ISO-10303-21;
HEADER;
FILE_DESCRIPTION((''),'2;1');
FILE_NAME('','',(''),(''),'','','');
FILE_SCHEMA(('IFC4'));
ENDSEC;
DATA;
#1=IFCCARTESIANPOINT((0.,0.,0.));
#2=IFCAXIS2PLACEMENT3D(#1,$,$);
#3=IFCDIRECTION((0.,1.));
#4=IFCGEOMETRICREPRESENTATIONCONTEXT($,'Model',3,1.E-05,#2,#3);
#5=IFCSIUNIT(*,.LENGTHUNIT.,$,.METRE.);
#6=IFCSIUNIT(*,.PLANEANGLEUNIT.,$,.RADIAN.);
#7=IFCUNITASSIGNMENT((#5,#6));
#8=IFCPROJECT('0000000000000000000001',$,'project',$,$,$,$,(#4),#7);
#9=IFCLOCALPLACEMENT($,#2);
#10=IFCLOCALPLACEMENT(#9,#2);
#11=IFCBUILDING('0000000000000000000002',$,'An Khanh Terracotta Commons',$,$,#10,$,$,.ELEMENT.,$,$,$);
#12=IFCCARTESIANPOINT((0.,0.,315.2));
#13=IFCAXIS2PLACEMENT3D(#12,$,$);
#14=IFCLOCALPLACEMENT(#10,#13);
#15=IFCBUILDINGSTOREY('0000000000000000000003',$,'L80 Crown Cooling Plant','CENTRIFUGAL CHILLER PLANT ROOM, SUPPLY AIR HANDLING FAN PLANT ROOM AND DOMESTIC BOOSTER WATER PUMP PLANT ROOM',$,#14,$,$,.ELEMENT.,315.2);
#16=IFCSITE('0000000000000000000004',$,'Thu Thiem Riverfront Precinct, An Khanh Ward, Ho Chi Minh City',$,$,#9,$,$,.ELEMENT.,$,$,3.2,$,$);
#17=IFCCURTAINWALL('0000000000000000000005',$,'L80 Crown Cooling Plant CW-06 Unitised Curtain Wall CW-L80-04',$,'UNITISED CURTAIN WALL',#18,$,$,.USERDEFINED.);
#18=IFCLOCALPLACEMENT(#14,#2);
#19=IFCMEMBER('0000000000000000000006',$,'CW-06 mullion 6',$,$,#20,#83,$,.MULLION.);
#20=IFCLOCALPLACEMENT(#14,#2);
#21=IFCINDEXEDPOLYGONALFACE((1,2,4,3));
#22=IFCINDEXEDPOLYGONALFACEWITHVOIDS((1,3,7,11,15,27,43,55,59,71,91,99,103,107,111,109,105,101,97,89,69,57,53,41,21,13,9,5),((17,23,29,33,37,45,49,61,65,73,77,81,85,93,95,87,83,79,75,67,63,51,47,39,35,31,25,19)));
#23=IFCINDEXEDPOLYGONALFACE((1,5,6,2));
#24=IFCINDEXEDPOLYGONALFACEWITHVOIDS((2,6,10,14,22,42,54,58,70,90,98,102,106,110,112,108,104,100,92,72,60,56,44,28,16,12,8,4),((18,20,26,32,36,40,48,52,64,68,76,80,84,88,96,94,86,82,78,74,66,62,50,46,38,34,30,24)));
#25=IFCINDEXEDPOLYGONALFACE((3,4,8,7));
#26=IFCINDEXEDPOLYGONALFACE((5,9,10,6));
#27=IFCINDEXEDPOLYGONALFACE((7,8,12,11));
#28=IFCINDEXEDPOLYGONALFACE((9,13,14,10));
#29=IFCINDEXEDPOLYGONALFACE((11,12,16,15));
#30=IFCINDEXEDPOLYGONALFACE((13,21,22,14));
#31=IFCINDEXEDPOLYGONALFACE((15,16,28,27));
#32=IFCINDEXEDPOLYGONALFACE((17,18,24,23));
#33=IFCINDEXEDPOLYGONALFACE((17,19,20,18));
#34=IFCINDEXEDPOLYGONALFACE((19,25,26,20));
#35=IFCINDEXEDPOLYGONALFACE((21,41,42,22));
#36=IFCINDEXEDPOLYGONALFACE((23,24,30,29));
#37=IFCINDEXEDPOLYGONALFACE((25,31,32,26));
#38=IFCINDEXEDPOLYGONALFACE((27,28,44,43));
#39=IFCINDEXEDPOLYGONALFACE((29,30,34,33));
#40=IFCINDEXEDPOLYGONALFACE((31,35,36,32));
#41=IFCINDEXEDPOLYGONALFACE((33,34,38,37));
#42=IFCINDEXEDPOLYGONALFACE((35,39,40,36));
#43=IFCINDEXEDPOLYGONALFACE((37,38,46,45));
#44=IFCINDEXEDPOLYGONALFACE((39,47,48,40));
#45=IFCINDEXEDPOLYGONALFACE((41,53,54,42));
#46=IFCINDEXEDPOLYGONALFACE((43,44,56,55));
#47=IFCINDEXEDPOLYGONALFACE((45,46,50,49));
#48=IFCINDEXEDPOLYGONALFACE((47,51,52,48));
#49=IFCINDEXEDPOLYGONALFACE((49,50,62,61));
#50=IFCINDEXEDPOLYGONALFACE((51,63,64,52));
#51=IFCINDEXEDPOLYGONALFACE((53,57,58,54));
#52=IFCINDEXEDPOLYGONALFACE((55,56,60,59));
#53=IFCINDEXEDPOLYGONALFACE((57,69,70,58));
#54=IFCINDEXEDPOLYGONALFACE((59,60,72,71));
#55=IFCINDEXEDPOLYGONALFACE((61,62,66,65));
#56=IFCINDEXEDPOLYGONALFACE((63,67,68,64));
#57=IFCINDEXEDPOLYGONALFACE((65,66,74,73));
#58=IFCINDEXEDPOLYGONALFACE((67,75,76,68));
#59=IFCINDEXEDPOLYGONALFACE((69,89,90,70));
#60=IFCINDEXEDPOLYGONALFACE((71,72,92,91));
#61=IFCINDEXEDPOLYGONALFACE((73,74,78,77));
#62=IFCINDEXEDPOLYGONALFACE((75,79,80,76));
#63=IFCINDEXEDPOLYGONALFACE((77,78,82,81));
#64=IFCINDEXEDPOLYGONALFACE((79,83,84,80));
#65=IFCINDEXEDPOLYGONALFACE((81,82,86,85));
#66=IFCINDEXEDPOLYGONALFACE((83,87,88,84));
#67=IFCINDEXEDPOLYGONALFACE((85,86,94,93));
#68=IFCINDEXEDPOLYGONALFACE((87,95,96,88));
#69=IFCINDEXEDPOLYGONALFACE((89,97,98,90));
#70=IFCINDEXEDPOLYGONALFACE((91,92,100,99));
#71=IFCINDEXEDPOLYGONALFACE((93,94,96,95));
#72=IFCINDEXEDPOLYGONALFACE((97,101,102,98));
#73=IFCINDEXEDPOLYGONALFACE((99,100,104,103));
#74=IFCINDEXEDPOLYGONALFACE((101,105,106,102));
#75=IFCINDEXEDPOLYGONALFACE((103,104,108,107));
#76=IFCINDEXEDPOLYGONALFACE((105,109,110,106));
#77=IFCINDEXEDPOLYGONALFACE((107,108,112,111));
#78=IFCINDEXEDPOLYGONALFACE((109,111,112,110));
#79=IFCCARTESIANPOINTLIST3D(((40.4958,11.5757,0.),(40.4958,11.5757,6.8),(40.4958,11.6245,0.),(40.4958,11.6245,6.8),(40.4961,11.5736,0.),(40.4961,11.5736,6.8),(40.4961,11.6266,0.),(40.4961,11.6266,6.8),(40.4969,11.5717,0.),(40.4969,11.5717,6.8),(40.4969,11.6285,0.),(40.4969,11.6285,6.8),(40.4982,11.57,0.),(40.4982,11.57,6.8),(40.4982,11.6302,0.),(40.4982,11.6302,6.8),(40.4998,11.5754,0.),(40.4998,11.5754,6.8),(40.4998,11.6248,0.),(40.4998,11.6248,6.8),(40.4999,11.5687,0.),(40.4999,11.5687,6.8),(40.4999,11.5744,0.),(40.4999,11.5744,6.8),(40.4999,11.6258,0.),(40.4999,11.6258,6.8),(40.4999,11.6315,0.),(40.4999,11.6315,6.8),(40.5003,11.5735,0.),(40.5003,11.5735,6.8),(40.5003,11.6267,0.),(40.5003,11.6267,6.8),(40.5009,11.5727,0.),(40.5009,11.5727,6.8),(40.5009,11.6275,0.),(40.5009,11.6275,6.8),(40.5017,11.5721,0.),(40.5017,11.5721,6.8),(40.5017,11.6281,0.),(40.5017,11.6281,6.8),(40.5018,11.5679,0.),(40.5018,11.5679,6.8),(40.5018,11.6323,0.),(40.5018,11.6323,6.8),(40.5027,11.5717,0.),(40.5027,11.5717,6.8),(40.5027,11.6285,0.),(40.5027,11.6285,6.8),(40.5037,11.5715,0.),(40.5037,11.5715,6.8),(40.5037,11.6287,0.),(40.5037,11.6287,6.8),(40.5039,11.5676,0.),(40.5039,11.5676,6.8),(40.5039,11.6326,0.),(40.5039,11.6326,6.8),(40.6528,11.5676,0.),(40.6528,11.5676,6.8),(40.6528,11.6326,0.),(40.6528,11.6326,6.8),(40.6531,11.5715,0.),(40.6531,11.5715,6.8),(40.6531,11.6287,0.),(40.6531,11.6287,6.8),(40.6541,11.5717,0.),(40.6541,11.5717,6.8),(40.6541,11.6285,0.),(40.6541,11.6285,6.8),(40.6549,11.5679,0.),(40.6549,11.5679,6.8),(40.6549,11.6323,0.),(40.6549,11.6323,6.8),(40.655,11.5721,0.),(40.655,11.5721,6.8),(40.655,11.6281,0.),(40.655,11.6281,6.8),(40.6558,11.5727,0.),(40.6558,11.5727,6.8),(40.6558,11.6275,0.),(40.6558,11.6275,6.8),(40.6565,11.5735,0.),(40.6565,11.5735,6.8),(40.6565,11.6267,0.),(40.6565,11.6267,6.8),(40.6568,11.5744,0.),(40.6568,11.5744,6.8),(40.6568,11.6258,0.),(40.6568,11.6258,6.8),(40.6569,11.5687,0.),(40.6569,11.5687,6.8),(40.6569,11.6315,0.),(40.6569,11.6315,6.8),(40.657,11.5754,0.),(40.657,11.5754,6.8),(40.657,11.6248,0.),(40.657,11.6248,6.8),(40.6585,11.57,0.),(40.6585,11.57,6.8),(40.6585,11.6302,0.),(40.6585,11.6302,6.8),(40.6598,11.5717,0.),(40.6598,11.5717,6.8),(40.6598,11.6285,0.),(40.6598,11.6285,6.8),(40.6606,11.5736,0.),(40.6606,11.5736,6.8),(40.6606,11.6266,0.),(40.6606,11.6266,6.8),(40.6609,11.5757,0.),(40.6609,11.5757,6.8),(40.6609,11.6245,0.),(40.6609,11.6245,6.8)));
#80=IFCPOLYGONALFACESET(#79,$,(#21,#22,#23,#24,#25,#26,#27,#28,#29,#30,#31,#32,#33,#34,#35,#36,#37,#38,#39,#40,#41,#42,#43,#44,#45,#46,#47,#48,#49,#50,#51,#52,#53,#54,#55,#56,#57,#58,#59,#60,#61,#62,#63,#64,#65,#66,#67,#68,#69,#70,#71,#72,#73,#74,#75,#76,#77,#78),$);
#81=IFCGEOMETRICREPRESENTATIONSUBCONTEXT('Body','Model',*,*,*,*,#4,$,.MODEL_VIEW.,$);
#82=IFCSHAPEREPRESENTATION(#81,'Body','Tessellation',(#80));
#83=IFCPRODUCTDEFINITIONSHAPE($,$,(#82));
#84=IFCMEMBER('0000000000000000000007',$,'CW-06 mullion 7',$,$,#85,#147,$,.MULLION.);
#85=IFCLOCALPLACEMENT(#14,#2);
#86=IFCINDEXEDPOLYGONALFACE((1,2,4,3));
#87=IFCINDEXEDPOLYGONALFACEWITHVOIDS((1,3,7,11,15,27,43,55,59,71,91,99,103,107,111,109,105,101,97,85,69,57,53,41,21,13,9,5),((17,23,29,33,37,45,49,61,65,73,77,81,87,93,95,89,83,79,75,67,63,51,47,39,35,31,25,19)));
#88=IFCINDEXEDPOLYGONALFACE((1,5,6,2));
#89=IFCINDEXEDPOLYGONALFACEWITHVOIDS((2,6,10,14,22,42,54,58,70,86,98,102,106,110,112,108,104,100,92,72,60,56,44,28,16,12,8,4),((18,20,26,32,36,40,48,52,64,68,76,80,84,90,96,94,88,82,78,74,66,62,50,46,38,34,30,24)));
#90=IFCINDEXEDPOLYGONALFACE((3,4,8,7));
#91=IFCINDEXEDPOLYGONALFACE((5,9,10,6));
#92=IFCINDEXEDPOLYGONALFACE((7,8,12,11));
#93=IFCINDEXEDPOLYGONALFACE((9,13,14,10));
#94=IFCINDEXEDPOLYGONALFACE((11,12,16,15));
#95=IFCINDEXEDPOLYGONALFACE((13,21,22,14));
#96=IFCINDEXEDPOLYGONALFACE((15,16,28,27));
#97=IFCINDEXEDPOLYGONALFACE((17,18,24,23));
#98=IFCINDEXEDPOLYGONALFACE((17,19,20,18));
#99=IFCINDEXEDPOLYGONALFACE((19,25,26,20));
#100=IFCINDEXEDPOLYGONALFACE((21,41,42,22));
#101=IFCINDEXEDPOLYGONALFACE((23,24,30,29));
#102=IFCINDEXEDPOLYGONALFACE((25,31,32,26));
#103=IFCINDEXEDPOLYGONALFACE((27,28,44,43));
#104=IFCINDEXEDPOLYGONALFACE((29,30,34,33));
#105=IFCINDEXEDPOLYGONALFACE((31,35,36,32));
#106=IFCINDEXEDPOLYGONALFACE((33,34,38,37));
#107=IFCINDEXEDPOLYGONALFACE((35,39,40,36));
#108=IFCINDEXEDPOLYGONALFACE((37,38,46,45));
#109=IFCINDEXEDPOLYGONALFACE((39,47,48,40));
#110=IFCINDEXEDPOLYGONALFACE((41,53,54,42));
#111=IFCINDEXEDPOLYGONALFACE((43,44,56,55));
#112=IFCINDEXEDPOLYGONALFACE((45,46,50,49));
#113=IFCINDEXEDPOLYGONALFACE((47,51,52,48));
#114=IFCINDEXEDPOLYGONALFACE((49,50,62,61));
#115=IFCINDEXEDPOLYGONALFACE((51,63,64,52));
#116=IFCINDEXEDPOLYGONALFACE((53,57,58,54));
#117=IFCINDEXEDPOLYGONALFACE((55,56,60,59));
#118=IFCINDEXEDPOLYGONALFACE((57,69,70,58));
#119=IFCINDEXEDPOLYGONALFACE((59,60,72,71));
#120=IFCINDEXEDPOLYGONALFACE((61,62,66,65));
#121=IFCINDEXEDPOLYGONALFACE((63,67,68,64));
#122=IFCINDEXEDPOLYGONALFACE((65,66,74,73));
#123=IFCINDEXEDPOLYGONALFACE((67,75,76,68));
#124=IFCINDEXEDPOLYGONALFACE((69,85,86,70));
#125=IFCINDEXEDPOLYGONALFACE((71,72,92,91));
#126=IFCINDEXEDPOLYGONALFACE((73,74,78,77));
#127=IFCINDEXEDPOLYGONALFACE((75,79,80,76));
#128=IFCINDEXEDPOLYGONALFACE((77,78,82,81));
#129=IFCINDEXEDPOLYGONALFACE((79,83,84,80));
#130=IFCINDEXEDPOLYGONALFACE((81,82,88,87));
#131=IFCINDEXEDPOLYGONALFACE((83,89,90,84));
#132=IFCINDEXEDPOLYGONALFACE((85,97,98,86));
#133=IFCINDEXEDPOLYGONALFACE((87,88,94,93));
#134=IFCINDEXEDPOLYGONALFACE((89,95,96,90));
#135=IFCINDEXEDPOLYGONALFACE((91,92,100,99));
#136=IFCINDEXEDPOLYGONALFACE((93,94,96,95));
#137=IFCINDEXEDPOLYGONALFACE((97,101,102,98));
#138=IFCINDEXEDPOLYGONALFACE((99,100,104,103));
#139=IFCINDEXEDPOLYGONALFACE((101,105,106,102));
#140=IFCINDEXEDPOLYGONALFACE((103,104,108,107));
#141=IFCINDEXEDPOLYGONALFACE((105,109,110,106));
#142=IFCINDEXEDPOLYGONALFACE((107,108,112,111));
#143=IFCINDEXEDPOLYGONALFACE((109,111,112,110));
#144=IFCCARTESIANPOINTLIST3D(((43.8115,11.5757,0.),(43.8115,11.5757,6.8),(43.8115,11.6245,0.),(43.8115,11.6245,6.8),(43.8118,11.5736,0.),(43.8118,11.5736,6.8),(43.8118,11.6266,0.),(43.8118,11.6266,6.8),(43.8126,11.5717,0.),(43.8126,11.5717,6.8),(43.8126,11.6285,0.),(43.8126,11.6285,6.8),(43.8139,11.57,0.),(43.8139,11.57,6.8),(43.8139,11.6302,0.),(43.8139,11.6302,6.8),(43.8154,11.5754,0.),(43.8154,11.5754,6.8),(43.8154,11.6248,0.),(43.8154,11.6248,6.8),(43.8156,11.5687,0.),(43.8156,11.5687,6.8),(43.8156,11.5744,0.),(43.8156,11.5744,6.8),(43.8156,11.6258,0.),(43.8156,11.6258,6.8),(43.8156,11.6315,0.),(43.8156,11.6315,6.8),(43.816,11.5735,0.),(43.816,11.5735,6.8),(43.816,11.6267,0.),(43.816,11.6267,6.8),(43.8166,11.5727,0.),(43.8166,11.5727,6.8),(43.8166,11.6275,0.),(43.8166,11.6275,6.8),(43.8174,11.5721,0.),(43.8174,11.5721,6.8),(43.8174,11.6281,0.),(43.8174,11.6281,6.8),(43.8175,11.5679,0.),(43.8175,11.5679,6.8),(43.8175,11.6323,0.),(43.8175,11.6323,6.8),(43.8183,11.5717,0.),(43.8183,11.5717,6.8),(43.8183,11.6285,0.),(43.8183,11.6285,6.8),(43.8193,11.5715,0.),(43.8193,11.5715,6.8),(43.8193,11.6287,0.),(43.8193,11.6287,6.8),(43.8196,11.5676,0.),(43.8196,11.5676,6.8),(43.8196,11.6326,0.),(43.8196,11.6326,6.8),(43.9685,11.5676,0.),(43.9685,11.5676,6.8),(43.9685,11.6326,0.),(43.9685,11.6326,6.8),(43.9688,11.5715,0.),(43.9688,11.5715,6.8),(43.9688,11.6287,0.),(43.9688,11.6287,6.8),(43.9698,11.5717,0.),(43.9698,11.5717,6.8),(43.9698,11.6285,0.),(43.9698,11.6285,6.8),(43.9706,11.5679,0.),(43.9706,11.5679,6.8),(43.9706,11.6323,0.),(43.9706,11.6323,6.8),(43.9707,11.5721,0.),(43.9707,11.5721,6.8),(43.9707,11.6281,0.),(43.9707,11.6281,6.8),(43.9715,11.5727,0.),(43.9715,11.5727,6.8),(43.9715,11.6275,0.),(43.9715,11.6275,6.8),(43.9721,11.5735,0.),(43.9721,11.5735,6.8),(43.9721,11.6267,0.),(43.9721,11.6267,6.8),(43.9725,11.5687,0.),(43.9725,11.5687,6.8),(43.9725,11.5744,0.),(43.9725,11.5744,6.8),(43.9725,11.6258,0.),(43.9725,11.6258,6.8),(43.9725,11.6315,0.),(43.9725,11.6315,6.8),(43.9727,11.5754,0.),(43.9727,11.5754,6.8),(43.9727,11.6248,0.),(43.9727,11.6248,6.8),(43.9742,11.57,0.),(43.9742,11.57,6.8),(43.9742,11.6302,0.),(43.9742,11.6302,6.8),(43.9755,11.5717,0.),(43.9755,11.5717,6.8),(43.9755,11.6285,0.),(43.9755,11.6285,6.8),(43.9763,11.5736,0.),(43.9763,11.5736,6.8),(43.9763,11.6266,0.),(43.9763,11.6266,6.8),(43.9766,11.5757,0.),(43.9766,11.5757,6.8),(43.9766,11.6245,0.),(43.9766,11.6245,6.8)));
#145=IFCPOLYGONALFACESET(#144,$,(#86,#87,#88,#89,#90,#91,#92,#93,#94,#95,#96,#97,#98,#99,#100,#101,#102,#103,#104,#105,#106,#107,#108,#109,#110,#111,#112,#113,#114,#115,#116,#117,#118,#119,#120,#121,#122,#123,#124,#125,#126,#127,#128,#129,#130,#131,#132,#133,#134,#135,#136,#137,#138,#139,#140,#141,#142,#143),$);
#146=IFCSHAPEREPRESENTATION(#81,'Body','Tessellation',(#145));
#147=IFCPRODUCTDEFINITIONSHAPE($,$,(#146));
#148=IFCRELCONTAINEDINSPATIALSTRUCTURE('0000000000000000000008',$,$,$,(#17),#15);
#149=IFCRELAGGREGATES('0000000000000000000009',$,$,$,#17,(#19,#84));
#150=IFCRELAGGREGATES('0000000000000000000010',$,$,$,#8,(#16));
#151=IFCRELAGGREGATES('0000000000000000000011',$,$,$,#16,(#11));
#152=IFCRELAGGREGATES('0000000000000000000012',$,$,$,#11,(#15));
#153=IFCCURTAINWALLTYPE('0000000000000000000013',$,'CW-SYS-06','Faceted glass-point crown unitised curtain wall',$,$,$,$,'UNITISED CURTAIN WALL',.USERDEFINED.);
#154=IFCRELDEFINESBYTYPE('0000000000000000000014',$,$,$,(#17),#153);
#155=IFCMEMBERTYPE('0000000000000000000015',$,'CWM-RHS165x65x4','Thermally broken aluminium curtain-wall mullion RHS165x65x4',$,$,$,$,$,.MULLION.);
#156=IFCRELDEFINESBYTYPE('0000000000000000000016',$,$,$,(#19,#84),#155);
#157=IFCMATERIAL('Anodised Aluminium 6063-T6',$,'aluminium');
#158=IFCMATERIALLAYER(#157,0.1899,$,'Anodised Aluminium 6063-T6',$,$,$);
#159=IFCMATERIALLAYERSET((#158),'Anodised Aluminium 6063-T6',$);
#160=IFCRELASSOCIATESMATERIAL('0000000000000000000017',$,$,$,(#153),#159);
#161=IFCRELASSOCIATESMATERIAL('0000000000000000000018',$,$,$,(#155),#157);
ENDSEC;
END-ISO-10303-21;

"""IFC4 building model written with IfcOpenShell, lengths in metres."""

from ifc_helpers import new_model, si_unit, direction, frame, origin, origin_2d, place, context, subcontext, project, spatial, hollow_rectangle, extrude, material, layer, layer_set, material_profile, profile_set, type_object, element, aggregate, save


model = new_model("IFC4")

# Units and contexts
model_context = context("Model", 3, precision=1e-05, world=origin(), true_north=direction((0.0, 1.0)))
body_context = subcontext(model_context, "Body", "Model", "MODEL_VIEW")
ifc_project = project(units=[si_unit("LENGTHUNIT", "METRE"), si_unit("PLANEANGLEUNIT", "RADIAN")], contexts=[model_context])

# Site, building, storey
site_placement = place(None, origin())
site = spatial("IfcSite", under=ifc_project, at=site_placement, Name="Thu Thiem Riverfront Precinct, An Khanh Ward, Ho Chi Minh City", CompositionType="ELEMENT", RefElevation=3.2)
building_placement = place(site_placement, origin())
building = spatial("IfcBuilding", under=site, at=building_placement, Name="An Khanh Terracotta Commons", CompositionType="ELEMENT")
storey_placement = place(building_placement, frame((0.0, 0.0, 315.2)))
storey = spatial("IfcBuildingStorey", under=building, at=storey_placement, Name="L80 Crown Cooling Plant", Description="CENTRIFUGAL CHILLER PLANT ROOM, SUPPLY AIR HANDLING FAN PLANT ROOM AND DOMESTIC BOOSTER WATER PUMP PLANT ROOM", CompositionType="ELEMENT", Elevation=315.2)

# Curtain wall, members
ifc_material_1 = material(Name="Anodised Aluminium 6063-T6", Category="aluminium")
ifc_layer_1 = layer(ifc_material_1, 0.1899, Name="Anodised Aluminium 6063-T6")
ifc_layer_set_1 = layer_set([ifc_layer_1], Name="Anodised Aluminium 6063-T6")
curtain_wall_type = type_object("IfcCurtainWallType", Name="CW-SYS-06", Description="Faceted glass-point crown unitised curtain wall", ElementType="UNITISED CURTAIN WALL", PredefinedType="USERDEFINED", material=ifc_layer_set_1)
curtain_wall_placement = place(storey_placement, origin())
curtain_wall = element("IfcCurtainWall", 1, at=curtain_wall_placement, inside=storey, type_object=curtain_wall_type, Name="L80 Crown Cooling Plant CW-06 Unitised Curtain Wall CW-L80-04", ObjectType="UNITISED CURTAIN WALL", PredefinedType="USERDEFINED")
ifc_material_profile_1 = material_profile(ifc_material_1, hollow_rectangle(XDim=0.0649, YDim=0.165, WallThickness=0.0039, InnerFilletRadius=0.0039, OuterFilletRadius=0.0081, at=origin_2d()), Name="RHS165x65x4")
ifc_profile_set_1 = profile_set([ifc_material_profile_1], Name="Anodised Aluminium 6063-T6")
member_type_1 = type_object("IfcMemberType", Name="CWM-RHS165x65x4", Description="Thermally broken aluminium curtain-wall mullion RHS165x65x4", PredefinedType="MULLION", material=ifc_profile_set_1)
member_1_placement = place(storey_placement, frame((40.5784, 11.6001, 0.0), z_axis=(0.0, 0.0, 1.0), x_axis=(0.0, 1.0, 0.0)))
member_1 = element("IfcMember", 2, at=member_1_placement, type_object=member_type_1, Name="CW-06 mullion 6", PredefinedType="MULLION", context=body_context, shape_type="SweptSolid", body=[
    extrude(hollow_rectangle(XDim=0.0649, YDim=0.165, WallThickness=0.0039, InnerFilletRadius=0.0039, OuterFilletRadius=0.0081, at=origin_2d()), origin(), (0.0, 0.0, 1.0), 6.8),
])
member_2_placement = place(storey_placement, frame((43.894, 11.6001, 0.0), z_axis=(0.0, 0.0, 1.0), x_axis=(0.0, 1.0, 0.0)))
member_2 = element("IfcMember", 3, at=member_2_placement, type_object=member_type_1, Name="CW-06 mullion 7", PredefinedType="MULLION", context=body_context, shape_type="SweptSolid", body=[
    extrude(hollow_rectangle(XDim=0.0649, YDim=0.165, WallThickness=0.0039, InnerFilletRadius=0.0039, OuterFilletRadius=0.0081, at=origin_2d()), origin(), (0.0, 0.0, 1.0), 6.8),
])
aggregate(curtain_wall, [member_1, member_2])

save(model, "model.ifc")
